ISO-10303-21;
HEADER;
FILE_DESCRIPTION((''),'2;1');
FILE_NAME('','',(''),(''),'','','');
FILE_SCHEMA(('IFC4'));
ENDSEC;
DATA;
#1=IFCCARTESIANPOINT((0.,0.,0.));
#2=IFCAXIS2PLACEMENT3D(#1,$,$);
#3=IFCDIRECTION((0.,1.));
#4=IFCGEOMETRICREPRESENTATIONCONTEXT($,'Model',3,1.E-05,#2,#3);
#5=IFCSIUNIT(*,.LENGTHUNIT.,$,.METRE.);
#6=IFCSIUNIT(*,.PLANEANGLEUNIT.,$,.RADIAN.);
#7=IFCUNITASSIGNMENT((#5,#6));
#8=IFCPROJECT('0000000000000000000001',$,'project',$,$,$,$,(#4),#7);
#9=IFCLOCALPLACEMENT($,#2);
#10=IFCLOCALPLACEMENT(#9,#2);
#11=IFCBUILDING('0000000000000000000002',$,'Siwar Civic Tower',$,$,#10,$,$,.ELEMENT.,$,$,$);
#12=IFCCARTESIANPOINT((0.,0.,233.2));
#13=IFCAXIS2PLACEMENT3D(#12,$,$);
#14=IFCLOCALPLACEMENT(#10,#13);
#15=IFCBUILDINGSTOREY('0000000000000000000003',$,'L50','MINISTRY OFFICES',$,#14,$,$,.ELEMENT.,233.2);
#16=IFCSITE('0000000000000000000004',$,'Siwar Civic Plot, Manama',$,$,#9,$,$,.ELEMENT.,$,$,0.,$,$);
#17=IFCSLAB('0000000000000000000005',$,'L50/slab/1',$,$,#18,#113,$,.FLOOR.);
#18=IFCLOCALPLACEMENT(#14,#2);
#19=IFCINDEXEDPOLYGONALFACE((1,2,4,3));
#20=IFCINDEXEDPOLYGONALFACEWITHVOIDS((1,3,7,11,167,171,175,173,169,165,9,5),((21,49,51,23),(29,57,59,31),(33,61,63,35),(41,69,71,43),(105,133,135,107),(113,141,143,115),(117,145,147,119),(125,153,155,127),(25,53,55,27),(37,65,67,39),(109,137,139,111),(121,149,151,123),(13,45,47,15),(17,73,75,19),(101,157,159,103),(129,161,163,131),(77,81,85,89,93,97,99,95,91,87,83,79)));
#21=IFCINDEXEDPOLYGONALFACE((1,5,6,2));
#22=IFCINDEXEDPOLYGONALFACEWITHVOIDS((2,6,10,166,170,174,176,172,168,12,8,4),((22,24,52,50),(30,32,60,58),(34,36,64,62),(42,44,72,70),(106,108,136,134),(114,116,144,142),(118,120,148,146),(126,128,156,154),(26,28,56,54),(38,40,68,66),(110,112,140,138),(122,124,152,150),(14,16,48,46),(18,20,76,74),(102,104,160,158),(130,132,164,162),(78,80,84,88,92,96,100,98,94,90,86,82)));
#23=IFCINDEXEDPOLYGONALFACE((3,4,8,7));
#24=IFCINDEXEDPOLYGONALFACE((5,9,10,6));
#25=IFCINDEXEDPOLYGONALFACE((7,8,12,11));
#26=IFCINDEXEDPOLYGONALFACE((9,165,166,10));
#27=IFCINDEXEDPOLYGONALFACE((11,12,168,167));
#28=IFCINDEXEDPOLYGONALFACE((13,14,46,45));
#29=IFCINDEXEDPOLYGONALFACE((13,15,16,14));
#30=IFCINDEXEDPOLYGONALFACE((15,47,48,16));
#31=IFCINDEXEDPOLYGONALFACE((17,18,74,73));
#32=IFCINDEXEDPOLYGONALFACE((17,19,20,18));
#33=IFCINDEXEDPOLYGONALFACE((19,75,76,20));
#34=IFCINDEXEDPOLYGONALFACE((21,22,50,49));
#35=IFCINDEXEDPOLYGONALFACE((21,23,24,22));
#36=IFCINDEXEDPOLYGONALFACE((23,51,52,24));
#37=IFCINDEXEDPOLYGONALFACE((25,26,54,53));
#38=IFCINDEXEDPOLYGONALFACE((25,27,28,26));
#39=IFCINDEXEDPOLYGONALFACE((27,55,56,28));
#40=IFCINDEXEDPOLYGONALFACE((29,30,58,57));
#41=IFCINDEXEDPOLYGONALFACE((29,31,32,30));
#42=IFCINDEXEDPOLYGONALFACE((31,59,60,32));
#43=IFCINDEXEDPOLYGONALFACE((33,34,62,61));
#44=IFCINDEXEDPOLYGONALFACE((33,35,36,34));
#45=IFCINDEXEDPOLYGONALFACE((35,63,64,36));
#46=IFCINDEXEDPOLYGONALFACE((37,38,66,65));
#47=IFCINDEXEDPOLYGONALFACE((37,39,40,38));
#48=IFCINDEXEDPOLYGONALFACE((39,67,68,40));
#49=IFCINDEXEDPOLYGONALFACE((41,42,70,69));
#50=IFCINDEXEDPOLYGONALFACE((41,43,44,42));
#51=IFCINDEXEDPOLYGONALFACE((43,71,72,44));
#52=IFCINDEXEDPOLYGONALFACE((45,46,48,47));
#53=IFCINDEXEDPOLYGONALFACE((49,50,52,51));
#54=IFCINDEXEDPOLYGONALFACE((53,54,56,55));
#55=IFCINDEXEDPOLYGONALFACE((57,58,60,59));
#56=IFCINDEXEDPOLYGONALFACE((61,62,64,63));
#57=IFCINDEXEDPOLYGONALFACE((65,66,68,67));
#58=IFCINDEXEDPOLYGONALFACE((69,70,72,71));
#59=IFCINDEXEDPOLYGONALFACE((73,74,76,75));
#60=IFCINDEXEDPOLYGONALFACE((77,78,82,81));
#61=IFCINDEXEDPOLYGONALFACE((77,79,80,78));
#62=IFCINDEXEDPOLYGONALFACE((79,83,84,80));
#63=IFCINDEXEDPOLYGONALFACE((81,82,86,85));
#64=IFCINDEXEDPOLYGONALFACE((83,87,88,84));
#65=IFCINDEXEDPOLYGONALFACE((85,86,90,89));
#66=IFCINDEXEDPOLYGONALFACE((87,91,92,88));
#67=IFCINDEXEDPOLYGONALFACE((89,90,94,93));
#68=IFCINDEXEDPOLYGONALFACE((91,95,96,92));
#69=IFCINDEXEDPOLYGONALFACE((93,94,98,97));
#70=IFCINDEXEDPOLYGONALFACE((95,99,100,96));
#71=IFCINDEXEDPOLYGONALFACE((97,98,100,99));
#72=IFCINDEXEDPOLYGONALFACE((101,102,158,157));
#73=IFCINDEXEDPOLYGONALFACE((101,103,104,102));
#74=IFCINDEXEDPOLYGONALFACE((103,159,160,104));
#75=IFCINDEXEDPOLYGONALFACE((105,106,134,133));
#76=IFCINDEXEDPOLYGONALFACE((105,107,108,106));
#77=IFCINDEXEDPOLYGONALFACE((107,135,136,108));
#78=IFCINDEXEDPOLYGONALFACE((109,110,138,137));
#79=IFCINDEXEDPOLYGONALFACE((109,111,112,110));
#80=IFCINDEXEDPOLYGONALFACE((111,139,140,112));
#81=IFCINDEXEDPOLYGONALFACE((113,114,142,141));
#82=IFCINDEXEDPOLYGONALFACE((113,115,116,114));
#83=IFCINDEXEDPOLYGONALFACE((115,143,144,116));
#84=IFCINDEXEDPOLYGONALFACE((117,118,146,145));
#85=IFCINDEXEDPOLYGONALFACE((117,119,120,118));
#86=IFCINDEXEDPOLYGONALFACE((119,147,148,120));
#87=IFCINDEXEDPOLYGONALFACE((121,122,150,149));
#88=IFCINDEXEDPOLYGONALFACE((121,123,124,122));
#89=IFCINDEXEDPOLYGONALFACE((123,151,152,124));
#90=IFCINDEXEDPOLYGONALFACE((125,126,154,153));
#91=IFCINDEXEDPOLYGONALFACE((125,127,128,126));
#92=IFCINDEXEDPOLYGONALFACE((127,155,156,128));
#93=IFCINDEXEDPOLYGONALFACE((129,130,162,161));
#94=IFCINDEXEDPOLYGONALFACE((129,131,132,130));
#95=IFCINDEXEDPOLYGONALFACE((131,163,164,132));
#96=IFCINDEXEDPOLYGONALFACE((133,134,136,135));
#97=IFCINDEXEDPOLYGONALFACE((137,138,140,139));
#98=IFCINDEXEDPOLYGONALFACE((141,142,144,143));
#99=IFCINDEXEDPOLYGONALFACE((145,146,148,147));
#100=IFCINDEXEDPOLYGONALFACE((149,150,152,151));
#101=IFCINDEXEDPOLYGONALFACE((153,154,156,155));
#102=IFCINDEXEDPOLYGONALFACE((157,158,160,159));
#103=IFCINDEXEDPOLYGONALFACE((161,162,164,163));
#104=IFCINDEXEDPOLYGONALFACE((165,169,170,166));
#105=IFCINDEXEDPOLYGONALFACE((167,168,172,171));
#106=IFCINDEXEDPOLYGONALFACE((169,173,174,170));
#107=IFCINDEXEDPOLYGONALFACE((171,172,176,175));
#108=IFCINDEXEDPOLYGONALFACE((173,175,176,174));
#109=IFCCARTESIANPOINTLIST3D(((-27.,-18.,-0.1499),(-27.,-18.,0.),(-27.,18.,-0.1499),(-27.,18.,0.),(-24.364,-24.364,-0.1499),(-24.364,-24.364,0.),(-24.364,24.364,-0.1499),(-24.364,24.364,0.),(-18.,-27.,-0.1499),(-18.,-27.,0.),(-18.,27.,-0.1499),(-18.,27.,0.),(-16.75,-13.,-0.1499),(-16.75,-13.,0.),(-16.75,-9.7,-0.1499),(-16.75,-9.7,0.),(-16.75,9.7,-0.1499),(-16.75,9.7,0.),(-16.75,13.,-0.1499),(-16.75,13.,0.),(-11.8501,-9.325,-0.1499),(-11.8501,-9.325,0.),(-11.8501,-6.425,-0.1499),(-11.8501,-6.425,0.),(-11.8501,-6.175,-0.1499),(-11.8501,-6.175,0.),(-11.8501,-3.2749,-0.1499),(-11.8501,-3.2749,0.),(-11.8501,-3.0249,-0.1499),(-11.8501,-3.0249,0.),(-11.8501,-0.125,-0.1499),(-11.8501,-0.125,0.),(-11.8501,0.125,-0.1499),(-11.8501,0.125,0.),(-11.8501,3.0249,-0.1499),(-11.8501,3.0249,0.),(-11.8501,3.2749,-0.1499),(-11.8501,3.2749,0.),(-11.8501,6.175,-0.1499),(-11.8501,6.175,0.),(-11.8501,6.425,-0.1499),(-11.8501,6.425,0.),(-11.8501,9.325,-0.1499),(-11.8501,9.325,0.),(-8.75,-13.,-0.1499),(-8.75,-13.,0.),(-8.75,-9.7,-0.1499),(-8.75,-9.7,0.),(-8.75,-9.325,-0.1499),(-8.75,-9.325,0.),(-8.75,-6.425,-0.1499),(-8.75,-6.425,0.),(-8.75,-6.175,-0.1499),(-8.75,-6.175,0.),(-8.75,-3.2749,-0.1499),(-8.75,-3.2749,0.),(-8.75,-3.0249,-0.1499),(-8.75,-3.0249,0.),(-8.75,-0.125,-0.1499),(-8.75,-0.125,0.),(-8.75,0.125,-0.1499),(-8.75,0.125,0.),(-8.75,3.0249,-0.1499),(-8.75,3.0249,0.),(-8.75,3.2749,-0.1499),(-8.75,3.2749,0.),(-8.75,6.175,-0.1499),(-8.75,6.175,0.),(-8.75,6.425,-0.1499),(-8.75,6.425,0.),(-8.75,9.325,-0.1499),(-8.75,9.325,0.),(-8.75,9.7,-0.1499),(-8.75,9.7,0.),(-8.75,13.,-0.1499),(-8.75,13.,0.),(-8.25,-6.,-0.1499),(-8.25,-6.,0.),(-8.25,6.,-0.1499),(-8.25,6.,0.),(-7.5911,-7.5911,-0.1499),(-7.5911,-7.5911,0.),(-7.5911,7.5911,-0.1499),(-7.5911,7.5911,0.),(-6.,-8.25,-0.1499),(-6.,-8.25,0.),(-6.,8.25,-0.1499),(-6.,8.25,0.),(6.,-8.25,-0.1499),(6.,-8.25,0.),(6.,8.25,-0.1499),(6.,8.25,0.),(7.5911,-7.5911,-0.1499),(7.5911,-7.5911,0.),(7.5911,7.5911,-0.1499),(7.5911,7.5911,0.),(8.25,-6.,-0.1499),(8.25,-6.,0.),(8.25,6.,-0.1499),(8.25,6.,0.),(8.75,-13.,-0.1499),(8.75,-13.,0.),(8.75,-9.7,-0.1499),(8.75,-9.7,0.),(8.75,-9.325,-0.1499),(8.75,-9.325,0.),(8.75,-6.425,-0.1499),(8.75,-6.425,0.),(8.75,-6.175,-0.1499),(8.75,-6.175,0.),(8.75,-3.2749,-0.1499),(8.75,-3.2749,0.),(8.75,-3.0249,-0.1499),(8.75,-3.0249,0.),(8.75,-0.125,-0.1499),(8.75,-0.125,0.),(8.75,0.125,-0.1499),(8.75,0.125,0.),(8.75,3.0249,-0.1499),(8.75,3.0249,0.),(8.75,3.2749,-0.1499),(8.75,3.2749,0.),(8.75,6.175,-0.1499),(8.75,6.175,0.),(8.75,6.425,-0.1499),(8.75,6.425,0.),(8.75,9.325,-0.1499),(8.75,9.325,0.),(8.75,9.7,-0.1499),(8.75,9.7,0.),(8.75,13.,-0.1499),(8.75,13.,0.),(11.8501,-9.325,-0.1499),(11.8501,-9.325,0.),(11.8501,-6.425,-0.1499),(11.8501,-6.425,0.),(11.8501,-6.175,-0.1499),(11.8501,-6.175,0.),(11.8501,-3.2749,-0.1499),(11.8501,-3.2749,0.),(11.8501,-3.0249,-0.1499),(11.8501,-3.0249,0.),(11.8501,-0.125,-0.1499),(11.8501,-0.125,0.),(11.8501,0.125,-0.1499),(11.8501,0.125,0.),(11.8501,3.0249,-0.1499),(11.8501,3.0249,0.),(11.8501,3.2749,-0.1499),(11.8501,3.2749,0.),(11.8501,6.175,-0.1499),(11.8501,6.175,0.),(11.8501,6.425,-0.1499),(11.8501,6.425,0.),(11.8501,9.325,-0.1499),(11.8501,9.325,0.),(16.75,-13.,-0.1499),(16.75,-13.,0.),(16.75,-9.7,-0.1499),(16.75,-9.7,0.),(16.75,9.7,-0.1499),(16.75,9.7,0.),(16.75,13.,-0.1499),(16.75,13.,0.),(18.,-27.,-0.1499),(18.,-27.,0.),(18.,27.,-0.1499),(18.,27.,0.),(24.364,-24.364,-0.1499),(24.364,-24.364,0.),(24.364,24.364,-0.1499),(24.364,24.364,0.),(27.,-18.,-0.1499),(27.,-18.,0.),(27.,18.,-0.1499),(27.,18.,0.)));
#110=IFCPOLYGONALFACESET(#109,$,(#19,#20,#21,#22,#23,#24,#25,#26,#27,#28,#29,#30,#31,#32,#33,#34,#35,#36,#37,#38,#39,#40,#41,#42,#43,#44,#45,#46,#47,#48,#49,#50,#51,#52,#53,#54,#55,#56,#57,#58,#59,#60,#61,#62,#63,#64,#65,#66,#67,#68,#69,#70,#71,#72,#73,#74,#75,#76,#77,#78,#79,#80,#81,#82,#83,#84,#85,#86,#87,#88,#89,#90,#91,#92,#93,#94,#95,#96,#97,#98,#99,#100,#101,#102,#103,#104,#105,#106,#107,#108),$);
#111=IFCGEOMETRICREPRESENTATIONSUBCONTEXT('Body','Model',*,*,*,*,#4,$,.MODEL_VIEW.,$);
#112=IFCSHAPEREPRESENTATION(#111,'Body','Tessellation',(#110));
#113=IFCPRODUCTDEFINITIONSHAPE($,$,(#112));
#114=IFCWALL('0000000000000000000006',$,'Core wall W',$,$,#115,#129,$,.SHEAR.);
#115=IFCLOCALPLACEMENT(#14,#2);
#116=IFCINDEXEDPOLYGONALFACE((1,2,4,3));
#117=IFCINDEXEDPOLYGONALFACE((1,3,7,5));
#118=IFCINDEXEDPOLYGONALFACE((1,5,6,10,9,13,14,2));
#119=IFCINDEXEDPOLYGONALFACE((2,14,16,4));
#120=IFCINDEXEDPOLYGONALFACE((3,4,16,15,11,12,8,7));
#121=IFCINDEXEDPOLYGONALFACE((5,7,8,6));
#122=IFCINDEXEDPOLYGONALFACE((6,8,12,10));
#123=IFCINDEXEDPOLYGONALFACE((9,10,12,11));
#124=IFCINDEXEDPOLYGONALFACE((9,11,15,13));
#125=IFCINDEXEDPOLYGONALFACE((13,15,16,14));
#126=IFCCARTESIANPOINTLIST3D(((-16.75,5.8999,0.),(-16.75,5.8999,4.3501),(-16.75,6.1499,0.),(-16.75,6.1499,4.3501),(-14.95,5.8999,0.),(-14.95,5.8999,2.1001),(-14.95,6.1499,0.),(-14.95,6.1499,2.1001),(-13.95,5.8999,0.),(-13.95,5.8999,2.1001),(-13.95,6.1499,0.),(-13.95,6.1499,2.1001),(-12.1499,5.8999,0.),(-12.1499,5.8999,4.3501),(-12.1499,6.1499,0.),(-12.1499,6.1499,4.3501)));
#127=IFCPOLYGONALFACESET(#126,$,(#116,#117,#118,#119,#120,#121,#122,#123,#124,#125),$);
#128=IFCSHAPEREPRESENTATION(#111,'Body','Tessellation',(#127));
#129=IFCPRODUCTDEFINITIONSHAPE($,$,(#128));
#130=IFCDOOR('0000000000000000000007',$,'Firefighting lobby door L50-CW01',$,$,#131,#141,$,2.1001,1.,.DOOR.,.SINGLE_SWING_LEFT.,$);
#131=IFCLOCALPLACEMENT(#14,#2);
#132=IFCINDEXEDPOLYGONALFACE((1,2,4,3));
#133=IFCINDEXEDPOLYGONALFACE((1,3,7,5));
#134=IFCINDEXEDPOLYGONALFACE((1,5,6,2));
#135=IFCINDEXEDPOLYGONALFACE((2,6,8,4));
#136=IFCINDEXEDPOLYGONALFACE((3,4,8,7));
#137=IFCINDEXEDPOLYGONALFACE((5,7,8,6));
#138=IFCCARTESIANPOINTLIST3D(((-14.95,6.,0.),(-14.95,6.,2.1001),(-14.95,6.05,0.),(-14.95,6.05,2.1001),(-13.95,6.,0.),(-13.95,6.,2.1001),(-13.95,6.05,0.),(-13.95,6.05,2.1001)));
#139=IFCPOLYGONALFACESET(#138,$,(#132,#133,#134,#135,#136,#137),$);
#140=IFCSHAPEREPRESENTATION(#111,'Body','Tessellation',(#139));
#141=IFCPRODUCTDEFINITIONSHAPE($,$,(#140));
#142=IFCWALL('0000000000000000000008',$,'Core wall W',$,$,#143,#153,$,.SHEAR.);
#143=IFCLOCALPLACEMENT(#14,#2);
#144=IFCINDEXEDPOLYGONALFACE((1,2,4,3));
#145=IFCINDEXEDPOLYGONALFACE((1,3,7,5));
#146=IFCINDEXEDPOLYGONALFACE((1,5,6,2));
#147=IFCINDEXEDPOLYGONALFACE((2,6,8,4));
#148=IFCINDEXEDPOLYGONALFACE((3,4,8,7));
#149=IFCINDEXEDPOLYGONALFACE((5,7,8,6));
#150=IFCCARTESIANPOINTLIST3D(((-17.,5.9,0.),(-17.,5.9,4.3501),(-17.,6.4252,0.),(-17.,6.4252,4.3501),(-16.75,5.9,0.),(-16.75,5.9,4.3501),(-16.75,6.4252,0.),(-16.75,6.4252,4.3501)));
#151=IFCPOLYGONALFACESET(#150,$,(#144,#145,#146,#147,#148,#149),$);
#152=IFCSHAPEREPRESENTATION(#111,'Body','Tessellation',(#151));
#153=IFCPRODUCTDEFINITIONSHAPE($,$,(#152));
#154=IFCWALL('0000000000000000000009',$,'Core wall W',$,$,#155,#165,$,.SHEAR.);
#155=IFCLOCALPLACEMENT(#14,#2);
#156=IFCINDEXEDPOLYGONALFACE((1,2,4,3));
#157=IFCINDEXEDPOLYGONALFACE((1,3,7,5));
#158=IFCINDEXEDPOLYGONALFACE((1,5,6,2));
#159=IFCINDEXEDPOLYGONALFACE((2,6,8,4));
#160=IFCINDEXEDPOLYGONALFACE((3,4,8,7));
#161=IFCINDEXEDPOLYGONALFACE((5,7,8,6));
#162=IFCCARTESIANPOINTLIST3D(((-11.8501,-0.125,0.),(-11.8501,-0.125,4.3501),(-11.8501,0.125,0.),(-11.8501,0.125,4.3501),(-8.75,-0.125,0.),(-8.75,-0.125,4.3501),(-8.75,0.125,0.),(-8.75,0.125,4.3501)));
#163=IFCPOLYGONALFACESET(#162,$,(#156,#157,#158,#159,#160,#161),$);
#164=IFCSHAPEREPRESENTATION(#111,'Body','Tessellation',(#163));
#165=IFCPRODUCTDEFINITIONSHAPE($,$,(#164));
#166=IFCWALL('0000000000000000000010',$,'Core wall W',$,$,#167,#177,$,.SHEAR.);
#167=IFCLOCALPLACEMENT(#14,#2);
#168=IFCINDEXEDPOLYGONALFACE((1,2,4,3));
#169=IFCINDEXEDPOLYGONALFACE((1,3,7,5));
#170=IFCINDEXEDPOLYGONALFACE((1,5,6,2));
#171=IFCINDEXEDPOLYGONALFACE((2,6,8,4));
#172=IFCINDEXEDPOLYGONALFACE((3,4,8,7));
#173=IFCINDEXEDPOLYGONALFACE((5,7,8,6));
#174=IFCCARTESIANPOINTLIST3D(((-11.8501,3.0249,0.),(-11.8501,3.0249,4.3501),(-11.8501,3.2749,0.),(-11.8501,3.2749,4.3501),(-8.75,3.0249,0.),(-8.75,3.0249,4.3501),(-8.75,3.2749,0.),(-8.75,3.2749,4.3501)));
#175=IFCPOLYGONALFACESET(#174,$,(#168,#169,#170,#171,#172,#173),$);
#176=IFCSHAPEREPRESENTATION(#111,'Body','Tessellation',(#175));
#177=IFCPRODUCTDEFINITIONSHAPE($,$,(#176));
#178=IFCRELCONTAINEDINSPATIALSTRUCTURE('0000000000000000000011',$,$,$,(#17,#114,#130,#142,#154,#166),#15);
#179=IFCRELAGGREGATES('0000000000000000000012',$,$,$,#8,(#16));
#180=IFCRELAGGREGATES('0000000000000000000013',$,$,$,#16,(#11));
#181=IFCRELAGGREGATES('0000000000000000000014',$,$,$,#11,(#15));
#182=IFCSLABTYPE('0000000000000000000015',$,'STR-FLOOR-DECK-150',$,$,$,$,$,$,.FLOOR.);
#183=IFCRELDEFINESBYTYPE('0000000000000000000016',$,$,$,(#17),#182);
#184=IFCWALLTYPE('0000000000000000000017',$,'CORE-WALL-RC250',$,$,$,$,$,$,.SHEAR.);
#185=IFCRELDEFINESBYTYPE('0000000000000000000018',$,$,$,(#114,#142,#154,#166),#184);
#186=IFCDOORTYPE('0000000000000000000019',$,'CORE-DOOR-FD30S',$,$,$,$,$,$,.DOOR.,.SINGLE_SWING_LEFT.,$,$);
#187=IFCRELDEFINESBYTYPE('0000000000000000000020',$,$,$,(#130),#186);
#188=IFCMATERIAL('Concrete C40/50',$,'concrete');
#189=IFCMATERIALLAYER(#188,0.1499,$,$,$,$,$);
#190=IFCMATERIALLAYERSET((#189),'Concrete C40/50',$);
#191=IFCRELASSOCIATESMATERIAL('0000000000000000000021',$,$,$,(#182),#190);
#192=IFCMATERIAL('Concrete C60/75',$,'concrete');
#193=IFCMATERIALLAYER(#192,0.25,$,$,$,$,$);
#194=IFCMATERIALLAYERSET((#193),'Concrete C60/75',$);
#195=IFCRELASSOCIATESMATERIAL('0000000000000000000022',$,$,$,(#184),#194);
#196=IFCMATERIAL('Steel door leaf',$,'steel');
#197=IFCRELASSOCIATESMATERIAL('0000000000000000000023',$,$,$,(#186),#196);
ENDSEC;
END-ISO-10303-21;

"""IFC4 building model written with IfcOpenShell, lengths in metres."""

from ifc_helpers import new_model, si_unit, direction, frame, frame_2d, origin, place, context, subcontext, project, spatial, polyline, rectangle, outline, extrude, material, layer, layer_set, type_object, element, fill, save


model = new_model("IFC4")

# Units and contexts
model_context = context("Model", 3, precision=1e-05, world=origin(), true_north=direction((0.0, 1.0)))
body_context = subcontext(model_context, "Body", "Model", "MODEL_VIEW")
ifc_project = project(units=[si_unit("LENGTHUNIT", "METRE"), si_unit("PLANEANGLEUNIT", "RADIAN")], contexts=[model_context])

# Site, building, storey
site_placement = place(None, origin())
site = spatial("IfcSite", under=ifc_project, at=site_placement, Name="Siwar Civic Plot, Manama", CompositionType="ELEMENT", RefElevation=0.0)
building_placement = place(site_placement, origin())
building = spatial("IfcBuilding", under=site, at=building_placement, Name="Siwar Civic Tower", CompositionType="ELEMENT")
storey_placement = place(building_placement, frame((0.0, 0.0, 233.2)))
storey = spatial("IfcBuildingStorey", under=building, at=storey_placement, Name="L50", Description="MINISTRY OFFICES", CompositionType="ELEMENT", Elevation=233.2)

# Slab
ifc_material_1 = material(Name="Concrete C40/50", Category="concrete")
ifc_layer_1 = layer(ifc_material_1, 0.1499)
ifc_layer_set_1 = layer_set([ifc_layer_1], Name="Concrete C40/50")
slab_type = type_object("IfcSlabType", Name="STR-FLOOR-DECK-150", PredefinedType="FLOOR", material=ifc_layer_set_1)
slab_placement = place(storey_placement, frame((0.0, 0.0, -0.1499)))
element("IfcSlab", 1, at=slab_placement, inside=storey, type_object=slab_type, Name="L50/slab/1", PredefinedType="FLOOR", context=body_context, shape_type="SweptSolid", body=[
    extrude(outline(polyline([(-18.0, -27.0), (18.0, -27.0), (24.364, -24.364), (27.0, -18.0), (27.0, 18.0), (24.364, 24.364), (18.0, 27.0), (-18.0, 27.0), (-24.364, 24.364), (-27.0, 18.0), (-27.0, -18.0), (-24.364, -24.364), (-18.0, -27.0)]), holes=[polyline([(16.75, 13.0), (16.75, 9.7), (8.75, 9.7), (8.75, 13.0), (16.75, 13.0)]), polyline([(8.75, -9.7), (16.75, -9.7), (16.75, -13.0), (8.75, -13.0), (8.75, -9.7)]), polyline([(11.8501, 9.325), (11.8501, 6.425), (8.75, 6.425), (8.75, 9.325), (11.8501, 9.325)]), polyline([(8.75, 6.175), (11.8501, 6.175), (11.8501, 3.2749), (8.75, 3.2749), (8.75, 6.175)]), polyline([(8.75, 3.0249), (11.8501, 3.0249), (11.8501, 0.125), (8.75, 0.125), (8.75, 3.0249)]), polyline([(8.75, -0.125), (11.8501, -0.125), (11.8501, -3.0249), (8.75, -3.0249), (8.75, -0.125)]), polyline([(8.75, -3.2749), (11.8501, -3.2749), (11.8501, -6.175), (8.75, -6.175), (8.75, -3.2749)]), polyline([(8.75, -6.425), (11.8501, -6.425), (11.8501, -9.325), (8.75, -9.325), (8.75, -6.425)]), polyline([(-6.0, 8.25), (6.0, 8.25), (7.5911, 7.5911), (8.25, 6.0), (8.25, -6.0), (7.5911, -7.5911), (6.0, -8.25), (-6.0, -8.25), (-7.5911, -7.5911), (-8.25, -6.0), (-8.25, 6.0), (-7.5911, 7.5911), (-6.0, 8.25)]), polyline([(-8.75, -13.0), (-16.75, -13.0), (-16.75, -9.7), (-8.75, -9.7), (-8.75, -13.0)]), polyline([(-8.75, 9.7), (-16.75, 9.7), (-16.75, 13.0), (-8.75, 13.0), (-8.75, 9.7)]), polyline([(-8.75, 6.425), (-11.8501, 6.425), (-11.8501, 9.325), (-8.75, 9.325), (-8.75, 6.425)]), polyline([(-8.75, 3.2749), (-11.8501, 3.2749), (-11.8501, 6.175), (-8.75, 6.175), (-8.75, 3.2749)]), polyline([(-8.75, 0.125), (-11.8501, 0.125), (-11.8501, 3.0249), (-8.75, 3.0249), (-8.75, 0.125)]), polyline([(-8.75, -3.0249), (-11.8501, -3.0249), (-11.8501, -0.125), (-8.75, -0.125), (-8.75, -3.0249)]), polyline([(-8.75, -6.175), (-11.8501, -6.175), (-11.8501, -3.2749), (-8.75, -3.2749), (-8.75, -6.175)]), polyline([(-8.75, -9.325), (-11.8501, -9.325), (-11.8501, -6.425), (-8.75, -6.425), (-8.75, -9.325)])]), origin(), (0.0, 0.0, 1.0), 0.1499),
])

# Wall, opening, door
ifc_material_2 = material(Name="Concrete C60/75", Category="concrete")
ifc_layer_2 = layer(ifc_material_2, 0.25)
ifc_layer_set_2 = layer_set([ifc_layer_2], Name="Concrete C60/75")
wall_type_1 = type_object("IfcWallType", Name="CORE-WALL-RC250", PredefinedType="SHEAR", material=ifc_layer_set_2)
wall_1_placement = place(storey_placement, frame((-12.1499, 6.0249, 0.0), z_axis=(0.0, 0.0, 1.0), x_axis=(-1.0, 0.0, 0.0)))
wall_1 = element("IfcWall", 2, at=wall_1_placement, inside=storey, type_object=wall_type_1, Name="Core wall W", PredefinedType="SHEAR", context=body_context, shape_type="SweptSolid", body=[
    extrude(rectangle(XDim=4.6001, YDim=0.25, at=frame_2d((2.3, 0.0))), origin(), (0.0, 0.0, 1.0), 4.3501),
])
opening_1_placement = place(wall_1_placement, frame((1.8, 0.0, 0.0)))
opening_1 = element("IfcOpeningElement", 3, at=opening_1_placement, cuts=wall_1, PredefinedType="OPENING", context=body_context, shape_type="SweptSolid", body=[
    extrude(rectangle(XDim=1.0, YDim=2.1001, at=frame_2d((0.5, 1.05))), frame((0.0, 0.135, 0.0), z_axis=(0.0, -1.0, 0.0), x_axis=(1.0, 0.0, 0.0)), (0.0, 0.0, 1.0), 0.27),
])
ifc_material_3 = material(Name="Steel door leaf", Category="steel")
door_type_1 = type_object("IfcDoorType", Name="CORE-DOOR-FD30S", OperationType="SINGLE_SWING_LEFT", PredefinedType="DOOR", material=ifc_material_3)
door_1_placement = place(opening_1_placement, origin())
door_1 = element("IfcDoor", 4, at=door_1_placement, inside=storey, type_object=door_type_1, Name="Firefighting lobby door L50-CW01", OperationType="SINGLE_SWING_LEFT", OverallHeight=2.1001, OverallWidth=1.0, PredefinedType="DOOR", context=body_context, shape_type="SweptSolid", body=[
    extrude(rectangle(XDim=1.0, YDim=2.1001, at=frame_2d((0.5, 1.05))), frame((0.0, 0.0249, 0.0), z_axis=(0.0, -1.0, 0.0), x_axis=(1.0, 0.0, 0.0)), (0.0, 0.0, 1.0), 0.05),
])
fill(opening_1, door_1)

# Walls
wall_2_placement = place(storey_placement, frame((-16.875, 5.8999, 0.0), z_axis=(0.0, 0.0, 1.0), x_axis=(0.0, 1.0, 0.0)))
element("IfcWall", 5, at=wall_2_placement, inside=storey, type_object=wall_type_1, Name="Core wall W", PredefinedType="SHEAR", context=body_context, shape_type="SweptSolid", body=[
    extrude(rectangle(XDim=0.5251, YDim=0.25, at=frame_2d((0.2627, 0.0))), origin(), (0.0, 0.0, 1.0), 4.3501),
])
for number, where, z_axis, x_axis, name in (
    (6, (-8.75, 0.0, 0.0), (0.0, 0.0, 1.0), (-1.0, 0.0, 0.0), "Core wall W"),
    (7, (-8.75, 3.1499, 0.0), (0.0, 0.0, 1.0), (-1.0, 0.0, 0.0), "Core wall W"),
):
    element("IfcWall", number, at=place(storey_placement, frame(where, z_axis=z_axis, x_axis=x_axis)), inside=storey, type_object=wall_type_1, Name=name, PredefinedType="SHEAR", context=body_context, shape_type="SweptSolid", body=[
        extrude(rectangle(XDim=3.1001, YDim=0.25, at=frame_2d((1.55, 0.0))), origin(), (0.0, 0.0, 1.0), 4.3501),
    ])

save(model, "model.ifc")
